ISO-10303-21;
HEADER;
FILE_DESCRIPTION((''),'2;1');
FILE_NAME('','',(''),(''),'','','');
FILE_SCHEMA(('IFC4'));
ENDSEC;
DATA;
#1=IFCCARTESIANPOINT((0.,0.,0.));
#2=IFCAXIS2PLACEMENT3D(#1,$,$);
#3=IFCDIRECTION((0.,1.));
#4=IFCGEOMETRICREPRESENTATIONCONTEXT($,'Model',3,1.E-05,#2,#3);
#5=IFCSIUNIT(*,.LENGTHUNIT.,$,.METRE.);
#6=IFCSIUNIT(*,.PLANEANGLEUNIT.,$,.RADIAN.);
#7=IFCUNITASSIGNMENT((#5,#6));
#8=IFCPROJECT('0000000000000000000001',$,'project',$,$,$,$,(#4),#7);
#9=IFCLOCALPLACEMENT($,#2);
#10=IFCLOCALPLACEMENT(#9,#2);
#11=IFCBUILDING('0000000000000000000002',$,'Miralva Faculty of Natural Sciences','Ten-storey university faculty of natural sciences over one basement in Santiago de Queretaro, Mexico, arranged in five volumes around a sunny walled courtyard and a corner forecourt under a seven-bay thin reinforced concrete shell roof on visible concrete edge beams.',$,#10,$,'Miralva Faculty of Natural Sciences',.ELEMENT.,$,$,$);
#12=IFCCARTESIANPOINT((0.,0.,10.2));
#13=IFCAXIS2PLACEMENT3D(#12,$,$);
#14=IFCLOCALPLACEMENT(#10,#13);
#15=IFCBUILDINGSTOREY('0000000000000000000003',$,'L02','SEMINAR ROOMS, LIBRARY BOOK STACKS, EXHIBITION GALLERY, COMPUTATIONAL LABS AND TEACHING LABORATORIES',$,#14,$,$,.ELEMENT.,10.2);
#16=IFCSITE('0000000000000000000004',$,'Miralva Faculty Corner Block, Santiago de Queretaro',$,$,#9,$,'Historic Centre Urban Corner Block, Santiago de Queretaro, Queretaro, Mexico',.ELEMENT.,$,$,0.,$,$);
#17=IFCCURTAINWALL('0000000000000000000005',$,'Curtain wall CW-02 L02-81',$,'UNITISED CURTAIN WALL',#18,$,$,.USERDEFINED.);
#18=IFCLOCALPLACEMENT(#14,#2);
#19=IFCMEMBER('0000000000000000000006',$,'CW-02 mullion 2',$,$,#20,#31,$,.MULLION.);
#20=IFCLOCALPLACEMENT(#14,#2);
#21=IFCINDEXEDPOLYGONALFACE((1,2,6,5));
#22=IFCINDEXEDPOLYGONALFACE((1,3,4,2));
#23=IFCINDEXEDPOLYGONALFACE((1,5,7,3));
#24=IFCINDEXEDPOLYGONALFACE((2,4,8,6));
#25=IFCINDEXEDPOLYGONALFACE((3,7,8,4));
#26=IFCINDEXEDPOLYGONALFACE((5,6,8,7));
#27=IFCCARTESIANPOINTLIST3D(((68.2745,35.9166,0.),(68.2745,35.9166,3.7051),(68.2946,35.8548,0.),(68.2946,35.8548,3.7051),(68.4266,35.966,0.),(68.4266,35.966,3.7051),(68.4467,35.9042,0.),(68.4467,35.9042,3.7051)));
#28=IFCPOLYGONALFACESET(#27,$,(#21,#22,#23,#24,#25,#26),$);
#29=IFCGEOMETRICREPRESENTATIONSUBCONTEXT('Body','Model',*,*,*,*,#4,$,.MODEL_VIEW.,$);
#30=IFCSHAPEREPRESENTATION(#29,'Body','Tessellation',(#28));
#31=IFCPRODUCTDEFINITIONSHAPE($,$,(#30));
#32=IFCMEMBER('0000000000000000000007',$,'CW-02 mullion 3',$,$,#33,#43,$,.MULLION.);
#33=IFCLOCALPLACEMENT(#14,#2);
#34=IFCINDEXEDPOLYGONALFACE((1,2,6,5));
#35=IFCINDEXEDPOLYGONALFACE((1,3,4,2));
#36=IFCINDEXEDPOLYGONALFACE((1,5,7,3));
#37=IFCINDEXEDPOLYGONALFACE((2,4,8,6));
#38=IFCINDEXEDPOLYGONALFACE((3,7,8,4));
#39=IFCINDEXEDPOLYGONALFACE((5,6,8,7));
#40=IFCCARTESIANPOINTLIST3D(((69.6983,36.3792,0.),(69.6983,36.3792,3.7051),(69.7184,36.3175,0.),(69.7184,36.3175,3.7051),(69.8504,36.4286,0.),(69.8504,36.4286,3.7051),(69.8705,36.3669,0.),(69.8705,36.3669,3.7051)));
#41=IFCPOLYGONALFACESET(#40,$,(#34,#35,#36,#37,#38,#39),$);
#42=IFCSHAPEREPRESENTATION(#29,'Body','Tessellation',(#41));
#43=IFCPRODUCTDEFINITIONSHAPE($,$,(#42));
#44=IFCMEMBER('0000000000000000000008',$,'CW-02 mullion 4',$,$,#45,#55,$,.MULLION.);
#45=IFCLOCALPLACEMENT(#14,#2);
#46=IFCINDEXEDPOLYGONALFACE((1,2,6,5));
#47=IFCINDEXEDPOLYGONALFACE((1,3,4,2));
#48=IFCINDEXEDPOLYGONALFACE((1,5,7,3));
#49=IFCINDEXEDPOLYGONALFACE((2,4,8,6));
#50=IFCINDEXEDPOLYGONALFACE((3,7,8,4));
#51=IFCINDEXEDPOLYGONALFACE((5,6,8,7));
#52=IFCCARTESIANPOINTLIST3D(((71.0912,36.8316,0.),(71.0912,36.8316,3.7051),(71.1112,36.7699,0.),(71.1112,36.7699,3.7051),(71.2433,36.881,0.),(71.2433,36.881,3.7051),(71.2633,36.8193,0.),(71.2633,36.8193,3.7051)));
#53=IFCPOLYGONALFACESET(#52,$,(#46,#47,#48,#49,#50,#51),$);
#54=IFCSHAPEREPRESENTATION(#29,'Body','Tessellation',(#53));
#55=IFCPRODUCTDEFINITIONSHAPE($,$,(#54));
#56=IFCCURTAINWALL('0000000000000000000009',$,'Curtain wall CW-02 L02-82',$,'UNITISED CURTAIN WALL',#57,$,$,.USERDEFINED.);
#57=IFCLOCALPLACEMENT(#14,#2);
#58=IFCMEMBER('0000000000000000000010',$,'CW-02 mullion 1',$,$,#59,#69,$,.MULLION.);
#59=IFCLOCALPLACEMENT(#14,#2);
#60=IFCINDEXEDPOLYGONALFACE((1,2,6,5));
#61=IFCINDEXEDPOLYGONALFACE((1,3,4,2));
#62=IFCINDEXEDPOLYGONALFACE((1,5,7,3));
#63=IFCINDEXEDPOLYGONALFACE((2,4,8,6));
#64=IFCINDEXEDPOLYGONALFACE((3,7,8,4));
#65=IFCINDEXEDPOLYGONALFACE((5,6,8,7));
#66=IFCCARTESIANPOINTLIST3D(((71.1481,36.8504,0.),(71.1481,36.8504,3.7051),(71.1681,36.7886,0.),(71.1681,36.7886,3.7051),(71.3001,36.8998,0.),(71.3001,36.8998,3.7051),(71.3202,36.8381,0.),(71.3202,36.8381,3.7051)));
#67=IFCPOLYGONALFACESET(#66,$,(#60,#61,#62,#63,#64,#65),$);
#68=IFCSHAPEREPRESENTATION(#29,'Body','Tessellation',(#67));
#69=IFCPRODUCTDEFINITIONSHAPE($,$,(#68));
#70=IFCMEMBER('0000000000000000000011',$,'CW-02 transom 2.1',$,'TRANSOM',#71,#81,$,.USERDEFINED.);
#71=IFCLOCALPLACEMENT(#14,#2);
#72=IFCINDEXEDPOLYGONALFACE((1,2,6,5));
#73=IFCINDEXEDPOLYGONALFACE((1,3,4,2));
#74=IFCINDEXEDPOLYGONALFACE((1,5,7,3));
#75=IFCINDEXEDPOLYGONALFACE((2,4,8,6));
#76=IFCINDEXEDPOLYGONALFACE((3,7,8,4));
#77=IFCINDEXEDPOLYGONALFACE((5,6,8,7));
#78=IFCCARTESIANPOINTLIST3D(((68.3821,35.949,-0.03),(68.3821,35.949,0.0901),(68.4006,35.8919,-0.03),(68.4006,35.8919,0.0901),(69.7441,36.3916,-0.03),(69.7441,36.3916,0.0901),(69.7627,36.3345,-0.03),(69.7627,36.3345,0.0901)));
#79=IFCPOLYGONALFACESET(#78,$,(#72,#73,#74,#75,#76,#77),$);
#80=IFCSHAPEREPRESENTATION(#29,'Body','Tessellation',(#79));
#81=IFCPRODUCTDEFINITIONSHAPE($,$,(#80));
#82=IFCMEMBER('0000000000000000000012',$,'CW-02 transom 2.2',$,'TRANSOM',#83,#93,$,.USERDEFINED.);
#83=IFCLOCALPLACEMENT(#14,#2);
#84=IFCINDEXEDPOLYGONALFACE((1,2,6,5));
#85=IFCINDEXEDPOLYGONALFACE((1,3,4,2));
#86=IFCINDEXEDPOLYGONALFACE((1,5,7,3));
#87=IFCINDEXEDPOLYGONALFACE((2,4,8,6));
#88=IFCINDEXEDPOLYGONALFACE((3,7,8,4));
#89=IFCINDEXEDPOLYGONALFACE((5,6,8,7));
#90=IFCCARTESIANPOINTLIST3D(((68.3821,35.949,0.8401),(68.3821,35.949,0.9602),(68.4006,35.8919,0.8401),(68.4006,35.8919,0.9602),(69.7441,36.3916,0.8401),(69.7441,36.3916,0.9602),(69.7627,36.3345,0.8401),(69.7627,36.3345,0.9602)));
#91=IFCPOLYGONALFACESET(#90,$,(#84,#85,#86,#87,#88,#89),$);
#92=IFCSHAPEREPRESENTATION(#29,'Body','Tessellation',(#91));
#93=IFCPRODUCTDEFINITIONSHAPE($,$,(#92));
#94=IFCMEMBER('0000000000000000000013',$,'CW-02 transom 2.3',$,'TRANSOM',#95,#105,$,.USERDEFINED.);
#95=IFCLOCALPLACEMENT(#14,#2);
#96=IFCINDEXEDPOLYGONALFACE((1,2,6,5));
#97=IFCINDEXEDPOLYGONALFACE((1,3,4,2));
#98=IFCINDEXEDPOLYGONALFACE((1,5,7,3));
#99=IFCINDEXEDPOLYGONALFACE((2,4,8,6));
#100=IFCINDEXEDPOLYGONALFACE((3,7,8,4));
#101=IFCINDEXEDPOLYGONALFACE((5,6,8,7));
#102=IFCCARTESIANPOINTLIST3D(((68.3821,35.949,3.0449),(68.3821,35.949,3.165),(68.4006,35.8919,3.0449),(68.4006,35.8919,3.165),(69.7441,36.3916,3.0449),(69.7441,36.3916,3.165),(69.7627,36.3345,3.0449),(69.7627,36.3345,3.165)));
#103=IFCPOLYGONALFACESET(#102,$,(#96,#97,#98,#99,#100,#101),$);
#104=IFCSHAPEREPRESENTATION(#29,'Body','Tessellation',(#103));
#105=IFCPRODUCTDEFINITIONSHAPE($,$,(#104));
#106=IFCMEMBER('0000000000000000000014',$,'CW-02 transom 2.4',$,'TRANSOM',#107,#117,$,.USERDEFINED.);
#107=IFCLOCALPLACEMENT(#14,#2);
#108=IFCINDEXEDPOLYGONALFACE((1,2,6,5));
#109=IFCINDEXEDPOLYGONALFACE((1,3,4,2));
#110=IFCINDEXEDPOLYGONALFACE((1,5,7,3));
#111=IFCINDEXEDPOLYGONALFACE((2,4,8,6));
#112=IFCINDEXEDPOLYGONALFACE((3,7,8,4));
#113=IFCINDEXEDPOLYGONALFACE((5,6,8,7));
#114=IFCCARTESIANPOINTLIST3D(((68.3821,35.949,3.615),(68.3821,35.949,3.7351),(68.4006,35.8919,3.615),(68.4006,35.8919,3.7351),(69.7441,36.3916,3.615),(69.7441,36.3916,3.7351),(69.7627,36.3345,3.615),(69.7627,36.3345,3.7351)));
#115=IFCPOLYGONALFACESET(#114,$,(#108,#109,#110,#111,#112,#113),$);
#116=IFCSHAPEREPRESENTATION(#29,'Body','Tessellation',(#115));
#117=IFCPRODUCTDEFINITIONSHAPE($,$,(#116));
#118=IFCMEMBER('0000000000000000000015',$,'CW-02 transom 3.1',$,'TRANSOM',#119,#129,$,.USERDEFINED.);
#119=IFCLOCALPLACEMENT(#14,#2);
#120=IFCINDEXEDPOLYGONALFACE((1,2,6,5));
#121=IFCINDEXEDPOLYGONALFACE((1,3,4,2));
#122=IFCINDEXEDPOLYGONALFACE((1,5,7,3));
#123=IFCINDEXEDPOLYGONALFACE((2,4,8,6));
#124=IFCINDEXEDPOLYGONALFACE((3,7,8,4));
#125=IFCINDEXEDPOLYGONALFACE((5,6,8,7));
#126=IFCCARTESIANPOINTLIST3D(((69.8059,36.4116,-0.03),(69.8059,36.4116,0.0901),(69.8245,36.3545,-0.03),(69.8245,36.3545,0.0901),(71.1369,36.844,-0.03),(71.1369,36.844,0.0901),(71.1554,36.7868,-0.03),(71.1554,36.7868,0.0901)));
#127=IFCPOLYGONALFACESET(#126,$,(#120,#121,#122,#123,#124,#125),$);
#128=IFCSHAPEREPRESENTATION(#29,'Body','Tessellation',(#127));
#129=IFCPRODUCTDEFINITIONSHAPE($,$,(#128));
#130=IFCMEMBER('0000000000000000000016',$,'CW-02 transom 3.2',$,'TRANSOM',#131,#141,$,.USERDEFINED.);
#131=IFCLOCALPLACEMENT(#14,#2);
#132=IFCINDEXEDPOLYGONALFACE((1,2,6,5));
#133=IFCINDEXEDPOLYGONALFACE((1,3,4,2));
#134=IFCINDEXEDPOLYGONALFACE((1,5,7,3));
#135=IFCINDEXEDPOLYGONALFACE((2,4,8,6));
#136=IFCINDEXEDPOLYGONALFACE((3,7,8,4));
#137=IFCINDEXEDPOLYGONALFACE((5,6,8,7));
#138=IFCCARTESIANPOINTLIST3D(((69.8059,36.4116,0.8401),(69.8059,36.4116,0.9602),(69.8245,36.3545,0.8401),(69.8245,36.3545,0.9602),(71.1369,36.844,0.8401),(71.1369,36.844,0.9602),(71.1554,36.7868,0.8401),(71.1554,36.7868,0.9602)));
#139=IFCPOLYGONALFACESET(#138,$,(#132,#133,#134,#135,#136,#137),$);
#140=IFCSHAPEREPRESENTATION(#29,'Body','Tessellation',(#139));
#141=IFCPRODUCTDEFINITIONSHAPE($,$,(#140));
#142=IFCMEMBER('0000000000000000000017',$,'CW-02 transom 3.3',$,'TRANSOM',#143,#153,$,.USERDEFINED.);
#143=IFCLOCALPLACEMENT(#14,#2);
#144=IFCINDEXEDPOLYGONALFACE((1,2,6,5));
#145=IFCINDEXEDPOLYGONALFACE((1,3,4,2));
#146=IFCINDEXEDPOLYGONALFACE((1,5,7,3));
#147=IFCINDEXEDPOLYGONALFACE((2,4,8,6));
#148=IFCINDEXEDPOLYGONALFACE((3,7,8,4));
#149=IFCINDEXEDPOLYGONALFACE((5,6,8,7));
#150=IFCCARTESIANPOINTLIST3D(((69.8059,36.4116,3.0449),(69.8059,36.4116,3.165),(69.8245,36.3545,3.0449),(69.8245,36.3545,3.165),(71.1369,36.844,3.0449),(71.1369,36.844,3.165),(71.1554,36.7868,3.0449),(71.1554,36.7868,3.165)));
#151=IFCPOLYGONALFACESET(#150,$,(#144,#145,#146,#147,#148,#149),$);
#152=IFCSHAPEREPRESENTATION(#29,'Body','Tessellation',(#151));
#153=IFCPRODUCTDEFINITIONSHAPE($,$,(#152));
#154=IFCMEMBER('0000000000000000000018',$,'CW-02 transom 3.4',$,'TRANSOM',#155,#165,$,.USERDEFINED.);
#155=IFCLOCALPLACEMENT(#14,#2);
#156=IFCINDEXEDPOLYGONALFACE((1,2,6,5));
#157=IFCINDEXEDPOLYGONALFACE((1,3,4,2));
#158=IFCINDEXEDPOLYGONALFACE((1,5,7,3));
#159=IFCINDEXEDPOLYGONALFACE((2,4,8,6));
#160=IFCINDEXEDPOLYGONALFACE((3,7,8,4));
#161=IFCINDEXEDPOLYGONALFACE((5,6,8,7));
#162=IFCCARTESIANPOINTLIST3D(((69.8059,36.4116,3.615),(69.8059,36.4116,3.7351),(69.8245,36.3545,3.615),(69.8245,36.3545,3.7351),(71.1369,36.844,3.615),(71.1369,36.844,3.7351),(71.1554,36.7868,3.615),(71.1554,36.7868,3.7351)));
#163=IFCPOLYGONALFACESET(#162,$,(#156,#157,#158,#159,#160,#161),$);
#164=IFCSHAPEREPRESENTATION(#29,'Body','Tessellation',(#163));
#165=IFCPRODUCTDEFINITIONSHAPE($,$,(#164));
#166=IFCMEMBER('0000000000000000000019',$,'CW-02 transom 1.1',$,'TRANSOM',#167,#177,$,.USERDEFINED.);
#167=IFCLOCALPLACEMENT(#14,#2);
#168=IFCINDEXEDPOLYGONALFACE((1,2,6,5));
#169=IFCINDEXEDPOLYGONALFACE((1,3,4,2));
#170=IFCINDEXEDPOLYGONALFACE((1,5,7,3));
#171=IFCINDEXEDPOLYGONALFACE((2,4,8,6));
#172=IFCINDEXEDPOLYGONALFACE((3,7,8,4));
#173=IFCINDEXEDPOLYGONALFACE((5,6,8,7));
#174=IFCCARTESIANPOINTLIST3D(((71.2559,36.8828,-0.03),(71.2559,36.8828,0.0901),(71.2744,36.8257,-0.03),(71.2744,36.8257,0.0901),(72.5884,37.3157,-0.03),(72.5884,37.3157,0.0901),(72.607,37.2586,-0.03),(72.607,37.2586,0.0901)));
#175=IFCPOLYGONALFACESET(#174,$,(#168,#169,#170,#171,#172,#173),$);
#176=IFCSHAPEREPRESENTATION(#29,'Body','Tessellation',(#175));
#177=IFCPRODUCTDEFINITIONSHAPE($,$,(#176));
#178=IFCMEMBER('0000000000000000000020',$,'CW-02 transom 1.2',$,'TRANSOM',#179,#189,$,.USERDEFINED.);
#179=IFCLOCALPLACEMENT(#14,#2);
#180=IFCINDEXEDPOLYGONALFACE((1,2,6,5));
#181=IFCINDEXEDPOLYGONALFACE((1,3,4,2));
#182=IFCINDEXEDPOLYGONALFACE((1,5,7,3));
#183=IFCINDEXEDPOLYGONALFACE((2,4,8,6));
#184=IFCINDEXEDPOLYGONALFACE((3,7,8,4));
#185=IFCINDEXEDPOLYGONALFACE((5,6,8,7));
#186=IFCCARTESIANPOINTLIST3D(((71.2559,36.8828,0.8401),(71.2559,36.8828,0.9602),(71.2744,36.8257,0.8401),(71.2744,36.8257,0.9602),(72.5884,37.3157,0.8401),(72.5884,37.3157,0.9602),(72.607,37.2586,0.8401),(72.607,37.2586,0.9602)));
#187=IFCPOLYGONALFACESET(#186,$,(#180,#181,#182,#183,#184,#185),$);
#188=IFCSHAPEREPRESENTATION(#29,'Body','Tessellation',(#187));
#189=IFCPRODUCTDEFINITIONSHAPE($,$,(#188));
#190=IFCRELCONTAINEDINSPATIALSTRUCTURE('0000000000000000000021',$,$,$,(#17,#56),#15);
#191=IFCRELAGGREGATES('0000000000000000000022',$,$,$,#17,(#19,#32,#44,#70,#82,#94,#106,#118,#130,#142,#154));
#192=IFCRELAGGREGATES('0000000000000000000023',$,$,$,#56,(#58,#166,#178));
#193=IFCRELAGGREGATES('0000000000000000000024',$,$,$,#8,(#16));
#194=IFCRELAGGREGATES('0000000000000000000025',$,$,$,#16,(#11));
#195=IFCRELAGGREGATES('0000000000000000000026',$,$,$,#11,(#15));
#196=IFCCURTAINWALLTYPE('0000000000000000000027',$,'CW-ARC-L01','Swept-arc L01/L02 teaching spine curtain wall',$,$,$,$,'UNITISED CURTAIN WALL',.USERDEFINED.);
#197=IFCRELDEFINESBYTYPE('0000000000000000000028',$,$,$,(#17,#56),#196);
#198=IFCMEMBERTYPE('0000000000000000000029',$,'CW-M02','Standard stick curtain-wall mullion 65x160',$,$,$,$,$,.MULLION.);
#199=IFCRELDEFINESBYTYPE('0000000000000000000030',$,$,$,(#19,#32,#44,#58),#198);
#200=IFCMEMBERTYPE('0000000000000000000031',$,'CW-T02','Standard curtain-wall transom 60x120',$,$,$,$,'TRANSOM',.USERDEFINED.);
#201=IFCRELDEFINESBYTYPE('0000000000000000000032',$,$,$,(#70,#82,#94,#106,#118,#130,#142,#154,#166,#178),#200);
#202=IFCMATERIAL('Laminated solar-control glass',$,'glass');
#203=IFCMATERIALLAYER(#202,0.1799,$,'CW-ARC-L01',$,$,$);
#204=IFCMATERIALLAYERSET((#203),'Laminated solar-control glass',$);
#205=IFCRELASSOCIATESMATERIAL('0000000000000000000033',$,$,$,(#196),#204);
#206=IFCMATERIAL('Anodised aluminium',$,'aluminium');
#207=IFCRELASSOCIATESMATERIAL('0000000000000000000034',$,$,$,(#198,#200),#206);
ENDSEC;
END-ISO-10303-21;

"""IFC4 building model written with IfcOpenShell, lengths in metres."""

from ifc_helpers import new_model, si_unit, direction, frame, origin, origin_2d, place, context, subcontext, project, spatial, rectangle, extrude, material, layer, layer_set, material_profile, profile_set, type_object, element, aggregate, save


model = new_model("IFC4")

# Units and contexts
model_context = context("Model", 3, precision=1e-05, world=origin(), true_north=direction((0.0, 1.0)))
body_context = subcontext(model_context, "Body", "Model", "MODEL_VIEW")
ifc_project = project(units=[si_unit("LENGTHUNIT", "METRE"), si_unit("PLANEANGLEUNIT", "RADIAN")], contexts=[model_context])

# Site, building, storey
site_placement = place(None, origin())
site = spatial("IfcSite", under=ifc_project, at=site_placement, Name="Miralva Faculty Corner Block, Santiago de Queretaro", LongName="Historic Centre Urban Corner Block, Santiago de Queretaro, Queretaro, Mexico", CompositionType="ELEMENT", RefElevation=0.0)
building_placement = place(site_placement, origin())
building = spatial("IfcBuilding", under=site, at=building_placement, Name="Miralva Faculty of Natural Sciences", Description="Ten-storey university faculty of natural sciences over one basement in Santiago de Queretaro, Mexico, arranged in five volumes around a sunny walled courtyard and a corner forecourt under a seven-bay thin reinforced concrete shell roof on visible concrete edge beams.", LongName="Miralva Faculty of Natural Sciences", CompositionType="ELEMENT")
storey_placement = place(building_placement, frame((0.0, 0.0, 10.2)))
storey = spatial("IfcBuildingStorey", under=building, at=storey_placement, Name="L02", Description="SEMINAR ROOMS, LIBRARY BOOK STACKS, EXHIBITION GALLERY, COMPUTATIONAL LABS AND TEACHING LABORATORIES", CompositionType="ELEMENT", Elevation=10.2)

# Curtain wall, members
ifc_material_1 = material(Name="Laminated solar-control glass", Category="glass")
ifc_layer_1 = layer(ifc_material_1, 0.1799, Name="CW-ARC-L01")
ifc_layer_set_1 = layer_set([ifc_layer_1], Name="Laminated solar-control glass")
curtain_wall_type = type_object("IfcCurtainWallType", Name="CW-ARC-L01", Description="Swept-arc L01/L02 teaching spine curtain wall", ElementType="UNITISED CURTAIN WALL", PredefinedType="USERDEFINED", material=ifc_layer_set_1)
curtain_wall_1_placement = place(storey_placement, origin())
curtain_wall_1 = element("IfcCurtainWall", 1, at=curtain_wall_1_placement, inside=storey, type_object=curtain_wall_type, Name="Curtain wall CW-02 L02-81", ObjectType="UNITISED CURTAIN WALL", PredefinedType="USERDEFINED")
ifc_material_2 = material(Name="Anodised aluminium", Category="aluminium")
ifc_material_profile_1 = material_profile(ifc_material_2, rectangle(XDim=0.0649, YDim=0.1599, at=origin_2d()), Name="MULLION 65x160")
ifc_profile_set_1 = profile_set([ifc_material_profile_1], Name="Anodised aluminium")
member_type_1 = type_object("IfcMemberType", Name="CW-M02", Description="Standard stick curtain-wall mullion 65x160", PredefinedType="MULLION", material=ifc_profile_set_1)
member_1_placement = place(storey_placement, frame((68.3606, 35.9104, 0.0), z_axis=(0.0, 0.0, 1.0), x_axis=(-0.309011, 0.951058, 0.0)))
member_1 = element("IfcMember", 2, at=member_1_placement, type_object=member_type_1, Name="CW-02 mullion 2", PredefinedType="MULLION", context=body_context, shape_type="SweptSolid", body=[
    extrude(rectangle(XDim=0.0649, YDim=0.1599, at=origin_2d()), origin(), (0.0, 0.0, 1.0), 3.7051),
])
member_2_placement = place(storey_placement, frame((69.7844, 36.373, 0.0), z_axis=(0.0, 0.0, 1.0), x_axis=(-0.309011, 0.951058, 0.0)))
member_2 = element("IfcMember", 3, at=member_2_placement, type_object=member_type_1, Name="CW-02 mullion 3", PredefinedType="MULLION", context=body_context, shape_type="SweptSolid", body=[
    extrude(rectangle(XDim=0.0649, YDim=0.1599, at=origin_2d()), origin(), (0.0, 0.0, 1.0), 3.7051),
])
member_3_placement = place(storey_placement, frame((71.1772, 36.8254, 0.0), z_axis=(0.0, 0.0, 1.0), x_axis=(-0.309011, 0.951058, 0.0)))
member_3 = element("IfcMember", 4, at=member_3_placement, type_object=member_type_1, Name="CW-02 mullion 4", PredefinedType="MULLION", context=body_context, shape_type="SweptSolid", body=[
    extrude(rectangle(XDim=0.0649, YDim=0.1599, at=origin_2d()), origin(), (0.0, 0.0, 1.0), 3.7051),
])

# Curtain wall, member
curtain_wall_2_placement = place(storey_placement, origin())
curtain_wall_2 = element("IfcCurtainWall", 5, at=curtain_wall_2_placement, inside=storey, type_object=curtain_wall_type, Name="Curtain wall CW-02 L02-82", ObjectType="UNITISED CURTAIN WALL", PredefinedType="USERDEFINED")
member_4_placement = place(storey_placement, frame((71.2341, 36.8442, 0.0), z_axis=(0.0, 0.0, 1.0), x_axis=(-0.309006, 0.95106, 0.0)))
member_4 = element("IfcMember", 6, at=member_4_placement, type_object=member_type_1, Name="CW-02 mullion 1", PredefinedType="MULLION", context=body_context, shape_type="SweptSolid", body=[
    extrude(rectangle(XDim=0.0649, YDim=0.1599, at=origin_2d()), origin(), (0.0, 0.0, 1.0), 3.7051),
])

# Members
ifc_material_profile_2 = material_profile(ifc_material_2, rectangle(XDim=0.0601, YDim=0.1201, at=origin_2d()), Name="TRANSOM 60x120")
ifc_profile_set_2 = profile_set([ifc_material_profile_2], Name="Anodised aluminium")
member_type_2 = type_object("IfcMemberType", Name="CW-T02", Description="Standard curtain-wall transom 60x120", ElementType="TRANSOM", PredefinedType="USERDEFINED", material=ifc_profile_set_2)
member_5_placement = place(storey_placement, frame((68.3914, 35.9204, 0.03), z_axis=(0.951043, 0.309059, 0.0), x_axis=(-0.309059, 0.951043, 0.0)))
member_5 = element("IfcMember", 7, at=member_5_placement, type_object=member_type_2, Name="CW-02 transom 2.1", ObjectType="TRANSOM", PredefinedType="USERDEFINED", context=body_context, shape_type="SweptSolid", body=[
    extrude(rectangle(XDim=0.0601, YDim=0.1201, at=origin_2d()), origin(), (0.0, 0.0, 1.0), 1.4321),
])
member_6_placement = place(storey_placement, frame((68.3914, 35.9204, 0.9001), z_axis=(0.951043, 0.309059, 0.0), x_axis=(-0.309059, 0.951043, 0.0)))
member_6 = element("IfcMember", 8, at=member_6_placement, type_object=member_type_2, Name="CW-02 transom 2.2", ObjectType="TRANSOM", PredefinedType="USERDEFINED", context=body_context, shape_type="SweptSolid", body=[
    extrude(rectangle(XDim=0.0601, YDim=0.1201, at=origin_2d()), origin(), (0.0, 0.0, 1.0), 1.4321),
])
member_7_placement = place(storey_placement, frame((68.3914, 35.9204, 3.105), z_axis=(0.951043, 0.309059, 0.0), x_axis=(-0.309059, 0.951043, 0.0)))
member_7 = element("IfcMember", 9, at=member_7_placement, type_object=member_type_2, Name="CW-02 transom 2.3", ObjectType="TRANSOM", PredefinedType="USERDEFINED", context=body_context, shape_type="SweptSolid", body=[
    extrude(rectangle(XDim=0.0601, YDim=0.1201, at=origin_2d()), origin(), (0.0, 0.0, 1.0), 1.4321),
])
member_8_placement = place(storey_placement, frame((68.3914, 35.9204, 3.675), z_axis=(0.951043, 0.309059, 0.0), x_axis=(-0.309059, 0.951043, 0.0)))
member_8 = element("IfcMember", 10, at=member_8_placement, type_object=member_type_2, Name="CW-02 transom 2.4", ObjectType="TRANSOM", PredefinedType="USERDEFINED", context=body_context, shape_type="SweptSolid", body=[
    extrude(rectangle(XDim=0.0601, YDim=0.1201, at=origin_2d()), origin(), (0.0, 0.0, 1.0), 1.4321),
])
member_9_placement = place(storey_placement, frame((69.8152, 36.3831, 0.03), z_axis=(0.95108, 0.308944, 0.0), x_axis=(-0.308944, 0.95108, 0.0)))
member_9 = element("IfcMember", 11, at=member_9_placement, type_object=member_type_2, Name="CW-02 transom 3.1", ObjectType="TRANSOM", PredefinedType="USERDEFINED", context=body_context, shape_type="SweptSolid", body=[
    extrude(rectangle(XDim=0.0601, YDim=0.1201, at=origin_2d()), origin(), (0.0, 0.0, 1.0), 1.3994),
])
member_10_placement = place(storey_placement, frame((69.8152, 36.3831, 0.9001), z_axis=(0.95108, 0.308944, 0.0), x_axis=(-0.308944, 0.95108, 0.0)))
member_10 = element("IfcMember", 12, at=member_10_placement, type_object=member_type_2, Name="CW-02 transom 3.2", ObjectType="TRANSOM", PredefinedType="USERDEFINED", context=body_context, shape_type="SweptSolid", body=[
    extrude(rectangle(XDim=0.0601, YDim=0.1201, at=origin_2d()), origin(), (0.0, 0.0, 1.0), 1.3994),
])
member_11_placement = place(storey_placement, frame((69.8152, 36.3831, 3.105), z_axis=(0.95108, 0.308944, 0.0), x_axis=(-0.308944, 0.95108, 0.0)))
member_11 = element("IfcMember", 13, at=member_11_placement, type_object=member_type_2, Name="CW-02 transom 3.3", ObjectType="TRANSOM", PredefinedType="USERDEFINED", context=body_context, shape_type="SweptSolid", body=[
    extrude(rectangle(XDim=0.0601, YDim=0.1201, at=origin_2d()), origin(), (0.0, 0.0, 1.0), 1.3994),
])
member_12_placement = place(storey_placement, frame((69.8152, 36.3831, 3.675), z_axis=(0.95108, 0.308944, 0.0), x_axis=(-0.308944, 0.95108, 0.0)))
member_12 = element("IfcMember", 14, at=member_12_placement, type_object=member_type_2, Name="CW-02 transom 3.4", ObjectType="TRANSOM", PredefinedType="USERDEFINED", context=body_context, shape_type="SweptSolid", body=[
    extrude(rectangle(XDim=0.0601, YDim=0.1201, at=origin_2d()), origin(), (0.0, 0.0, 1.0), 1.3994),
])
member_13_placement = place(storey_placement, frame((71.2651, 36.8542, 0.03), z_axis=(0.951078, 0.308952, 0.0), x_axis=(-0.308952, 0.951078, 0.0)))
member_13 = element("IfcMember", 15, at=member_13_placement, type_object=member_type_2, Name="CW-02 transom 1.1", ObjectType="TRANSOM", PredefinedType="USERDEFINED", context=body_context, shape_type="SweptSolid", body=[
    extrude(rectangle(XDim=0.0601, YDim=0.1201, at=origin_2d()), origin(), (0.0, 0.0, 1.0), 1.4011),
])
member_14_placement = place(storey_placement, frame((71.2651, 36.8542, 0.9001), z_axis=(0.951078, 0.308952, 0.0), x_axis=(-0.308952, 0.951078, 0.0)))
member_14 = element("IfcMember", 16, at=member_14_placement, type_object=member_type_2, Name="CW-02 transom 1.2", ObjectType="TRANSOM", PredefinedType="USERDEFINED", context=body_context, shape_type="SweptSolid", body=[
    extrude(rectangle(XDim=0.0601, YDim=0.1201, at=origin_2d()), origin(), (0.0, 0.0, 1.0), 1.4011),
])

aggregate(curtain_wall_1, [member_1, member_2, member_3, member_5, member_6, member_7, member_8, member_9, member_10, member_11, member_12])
aggregate(curtain_wall_2, [member_4, member_13, member_14])

save(model, "model.ifc")
